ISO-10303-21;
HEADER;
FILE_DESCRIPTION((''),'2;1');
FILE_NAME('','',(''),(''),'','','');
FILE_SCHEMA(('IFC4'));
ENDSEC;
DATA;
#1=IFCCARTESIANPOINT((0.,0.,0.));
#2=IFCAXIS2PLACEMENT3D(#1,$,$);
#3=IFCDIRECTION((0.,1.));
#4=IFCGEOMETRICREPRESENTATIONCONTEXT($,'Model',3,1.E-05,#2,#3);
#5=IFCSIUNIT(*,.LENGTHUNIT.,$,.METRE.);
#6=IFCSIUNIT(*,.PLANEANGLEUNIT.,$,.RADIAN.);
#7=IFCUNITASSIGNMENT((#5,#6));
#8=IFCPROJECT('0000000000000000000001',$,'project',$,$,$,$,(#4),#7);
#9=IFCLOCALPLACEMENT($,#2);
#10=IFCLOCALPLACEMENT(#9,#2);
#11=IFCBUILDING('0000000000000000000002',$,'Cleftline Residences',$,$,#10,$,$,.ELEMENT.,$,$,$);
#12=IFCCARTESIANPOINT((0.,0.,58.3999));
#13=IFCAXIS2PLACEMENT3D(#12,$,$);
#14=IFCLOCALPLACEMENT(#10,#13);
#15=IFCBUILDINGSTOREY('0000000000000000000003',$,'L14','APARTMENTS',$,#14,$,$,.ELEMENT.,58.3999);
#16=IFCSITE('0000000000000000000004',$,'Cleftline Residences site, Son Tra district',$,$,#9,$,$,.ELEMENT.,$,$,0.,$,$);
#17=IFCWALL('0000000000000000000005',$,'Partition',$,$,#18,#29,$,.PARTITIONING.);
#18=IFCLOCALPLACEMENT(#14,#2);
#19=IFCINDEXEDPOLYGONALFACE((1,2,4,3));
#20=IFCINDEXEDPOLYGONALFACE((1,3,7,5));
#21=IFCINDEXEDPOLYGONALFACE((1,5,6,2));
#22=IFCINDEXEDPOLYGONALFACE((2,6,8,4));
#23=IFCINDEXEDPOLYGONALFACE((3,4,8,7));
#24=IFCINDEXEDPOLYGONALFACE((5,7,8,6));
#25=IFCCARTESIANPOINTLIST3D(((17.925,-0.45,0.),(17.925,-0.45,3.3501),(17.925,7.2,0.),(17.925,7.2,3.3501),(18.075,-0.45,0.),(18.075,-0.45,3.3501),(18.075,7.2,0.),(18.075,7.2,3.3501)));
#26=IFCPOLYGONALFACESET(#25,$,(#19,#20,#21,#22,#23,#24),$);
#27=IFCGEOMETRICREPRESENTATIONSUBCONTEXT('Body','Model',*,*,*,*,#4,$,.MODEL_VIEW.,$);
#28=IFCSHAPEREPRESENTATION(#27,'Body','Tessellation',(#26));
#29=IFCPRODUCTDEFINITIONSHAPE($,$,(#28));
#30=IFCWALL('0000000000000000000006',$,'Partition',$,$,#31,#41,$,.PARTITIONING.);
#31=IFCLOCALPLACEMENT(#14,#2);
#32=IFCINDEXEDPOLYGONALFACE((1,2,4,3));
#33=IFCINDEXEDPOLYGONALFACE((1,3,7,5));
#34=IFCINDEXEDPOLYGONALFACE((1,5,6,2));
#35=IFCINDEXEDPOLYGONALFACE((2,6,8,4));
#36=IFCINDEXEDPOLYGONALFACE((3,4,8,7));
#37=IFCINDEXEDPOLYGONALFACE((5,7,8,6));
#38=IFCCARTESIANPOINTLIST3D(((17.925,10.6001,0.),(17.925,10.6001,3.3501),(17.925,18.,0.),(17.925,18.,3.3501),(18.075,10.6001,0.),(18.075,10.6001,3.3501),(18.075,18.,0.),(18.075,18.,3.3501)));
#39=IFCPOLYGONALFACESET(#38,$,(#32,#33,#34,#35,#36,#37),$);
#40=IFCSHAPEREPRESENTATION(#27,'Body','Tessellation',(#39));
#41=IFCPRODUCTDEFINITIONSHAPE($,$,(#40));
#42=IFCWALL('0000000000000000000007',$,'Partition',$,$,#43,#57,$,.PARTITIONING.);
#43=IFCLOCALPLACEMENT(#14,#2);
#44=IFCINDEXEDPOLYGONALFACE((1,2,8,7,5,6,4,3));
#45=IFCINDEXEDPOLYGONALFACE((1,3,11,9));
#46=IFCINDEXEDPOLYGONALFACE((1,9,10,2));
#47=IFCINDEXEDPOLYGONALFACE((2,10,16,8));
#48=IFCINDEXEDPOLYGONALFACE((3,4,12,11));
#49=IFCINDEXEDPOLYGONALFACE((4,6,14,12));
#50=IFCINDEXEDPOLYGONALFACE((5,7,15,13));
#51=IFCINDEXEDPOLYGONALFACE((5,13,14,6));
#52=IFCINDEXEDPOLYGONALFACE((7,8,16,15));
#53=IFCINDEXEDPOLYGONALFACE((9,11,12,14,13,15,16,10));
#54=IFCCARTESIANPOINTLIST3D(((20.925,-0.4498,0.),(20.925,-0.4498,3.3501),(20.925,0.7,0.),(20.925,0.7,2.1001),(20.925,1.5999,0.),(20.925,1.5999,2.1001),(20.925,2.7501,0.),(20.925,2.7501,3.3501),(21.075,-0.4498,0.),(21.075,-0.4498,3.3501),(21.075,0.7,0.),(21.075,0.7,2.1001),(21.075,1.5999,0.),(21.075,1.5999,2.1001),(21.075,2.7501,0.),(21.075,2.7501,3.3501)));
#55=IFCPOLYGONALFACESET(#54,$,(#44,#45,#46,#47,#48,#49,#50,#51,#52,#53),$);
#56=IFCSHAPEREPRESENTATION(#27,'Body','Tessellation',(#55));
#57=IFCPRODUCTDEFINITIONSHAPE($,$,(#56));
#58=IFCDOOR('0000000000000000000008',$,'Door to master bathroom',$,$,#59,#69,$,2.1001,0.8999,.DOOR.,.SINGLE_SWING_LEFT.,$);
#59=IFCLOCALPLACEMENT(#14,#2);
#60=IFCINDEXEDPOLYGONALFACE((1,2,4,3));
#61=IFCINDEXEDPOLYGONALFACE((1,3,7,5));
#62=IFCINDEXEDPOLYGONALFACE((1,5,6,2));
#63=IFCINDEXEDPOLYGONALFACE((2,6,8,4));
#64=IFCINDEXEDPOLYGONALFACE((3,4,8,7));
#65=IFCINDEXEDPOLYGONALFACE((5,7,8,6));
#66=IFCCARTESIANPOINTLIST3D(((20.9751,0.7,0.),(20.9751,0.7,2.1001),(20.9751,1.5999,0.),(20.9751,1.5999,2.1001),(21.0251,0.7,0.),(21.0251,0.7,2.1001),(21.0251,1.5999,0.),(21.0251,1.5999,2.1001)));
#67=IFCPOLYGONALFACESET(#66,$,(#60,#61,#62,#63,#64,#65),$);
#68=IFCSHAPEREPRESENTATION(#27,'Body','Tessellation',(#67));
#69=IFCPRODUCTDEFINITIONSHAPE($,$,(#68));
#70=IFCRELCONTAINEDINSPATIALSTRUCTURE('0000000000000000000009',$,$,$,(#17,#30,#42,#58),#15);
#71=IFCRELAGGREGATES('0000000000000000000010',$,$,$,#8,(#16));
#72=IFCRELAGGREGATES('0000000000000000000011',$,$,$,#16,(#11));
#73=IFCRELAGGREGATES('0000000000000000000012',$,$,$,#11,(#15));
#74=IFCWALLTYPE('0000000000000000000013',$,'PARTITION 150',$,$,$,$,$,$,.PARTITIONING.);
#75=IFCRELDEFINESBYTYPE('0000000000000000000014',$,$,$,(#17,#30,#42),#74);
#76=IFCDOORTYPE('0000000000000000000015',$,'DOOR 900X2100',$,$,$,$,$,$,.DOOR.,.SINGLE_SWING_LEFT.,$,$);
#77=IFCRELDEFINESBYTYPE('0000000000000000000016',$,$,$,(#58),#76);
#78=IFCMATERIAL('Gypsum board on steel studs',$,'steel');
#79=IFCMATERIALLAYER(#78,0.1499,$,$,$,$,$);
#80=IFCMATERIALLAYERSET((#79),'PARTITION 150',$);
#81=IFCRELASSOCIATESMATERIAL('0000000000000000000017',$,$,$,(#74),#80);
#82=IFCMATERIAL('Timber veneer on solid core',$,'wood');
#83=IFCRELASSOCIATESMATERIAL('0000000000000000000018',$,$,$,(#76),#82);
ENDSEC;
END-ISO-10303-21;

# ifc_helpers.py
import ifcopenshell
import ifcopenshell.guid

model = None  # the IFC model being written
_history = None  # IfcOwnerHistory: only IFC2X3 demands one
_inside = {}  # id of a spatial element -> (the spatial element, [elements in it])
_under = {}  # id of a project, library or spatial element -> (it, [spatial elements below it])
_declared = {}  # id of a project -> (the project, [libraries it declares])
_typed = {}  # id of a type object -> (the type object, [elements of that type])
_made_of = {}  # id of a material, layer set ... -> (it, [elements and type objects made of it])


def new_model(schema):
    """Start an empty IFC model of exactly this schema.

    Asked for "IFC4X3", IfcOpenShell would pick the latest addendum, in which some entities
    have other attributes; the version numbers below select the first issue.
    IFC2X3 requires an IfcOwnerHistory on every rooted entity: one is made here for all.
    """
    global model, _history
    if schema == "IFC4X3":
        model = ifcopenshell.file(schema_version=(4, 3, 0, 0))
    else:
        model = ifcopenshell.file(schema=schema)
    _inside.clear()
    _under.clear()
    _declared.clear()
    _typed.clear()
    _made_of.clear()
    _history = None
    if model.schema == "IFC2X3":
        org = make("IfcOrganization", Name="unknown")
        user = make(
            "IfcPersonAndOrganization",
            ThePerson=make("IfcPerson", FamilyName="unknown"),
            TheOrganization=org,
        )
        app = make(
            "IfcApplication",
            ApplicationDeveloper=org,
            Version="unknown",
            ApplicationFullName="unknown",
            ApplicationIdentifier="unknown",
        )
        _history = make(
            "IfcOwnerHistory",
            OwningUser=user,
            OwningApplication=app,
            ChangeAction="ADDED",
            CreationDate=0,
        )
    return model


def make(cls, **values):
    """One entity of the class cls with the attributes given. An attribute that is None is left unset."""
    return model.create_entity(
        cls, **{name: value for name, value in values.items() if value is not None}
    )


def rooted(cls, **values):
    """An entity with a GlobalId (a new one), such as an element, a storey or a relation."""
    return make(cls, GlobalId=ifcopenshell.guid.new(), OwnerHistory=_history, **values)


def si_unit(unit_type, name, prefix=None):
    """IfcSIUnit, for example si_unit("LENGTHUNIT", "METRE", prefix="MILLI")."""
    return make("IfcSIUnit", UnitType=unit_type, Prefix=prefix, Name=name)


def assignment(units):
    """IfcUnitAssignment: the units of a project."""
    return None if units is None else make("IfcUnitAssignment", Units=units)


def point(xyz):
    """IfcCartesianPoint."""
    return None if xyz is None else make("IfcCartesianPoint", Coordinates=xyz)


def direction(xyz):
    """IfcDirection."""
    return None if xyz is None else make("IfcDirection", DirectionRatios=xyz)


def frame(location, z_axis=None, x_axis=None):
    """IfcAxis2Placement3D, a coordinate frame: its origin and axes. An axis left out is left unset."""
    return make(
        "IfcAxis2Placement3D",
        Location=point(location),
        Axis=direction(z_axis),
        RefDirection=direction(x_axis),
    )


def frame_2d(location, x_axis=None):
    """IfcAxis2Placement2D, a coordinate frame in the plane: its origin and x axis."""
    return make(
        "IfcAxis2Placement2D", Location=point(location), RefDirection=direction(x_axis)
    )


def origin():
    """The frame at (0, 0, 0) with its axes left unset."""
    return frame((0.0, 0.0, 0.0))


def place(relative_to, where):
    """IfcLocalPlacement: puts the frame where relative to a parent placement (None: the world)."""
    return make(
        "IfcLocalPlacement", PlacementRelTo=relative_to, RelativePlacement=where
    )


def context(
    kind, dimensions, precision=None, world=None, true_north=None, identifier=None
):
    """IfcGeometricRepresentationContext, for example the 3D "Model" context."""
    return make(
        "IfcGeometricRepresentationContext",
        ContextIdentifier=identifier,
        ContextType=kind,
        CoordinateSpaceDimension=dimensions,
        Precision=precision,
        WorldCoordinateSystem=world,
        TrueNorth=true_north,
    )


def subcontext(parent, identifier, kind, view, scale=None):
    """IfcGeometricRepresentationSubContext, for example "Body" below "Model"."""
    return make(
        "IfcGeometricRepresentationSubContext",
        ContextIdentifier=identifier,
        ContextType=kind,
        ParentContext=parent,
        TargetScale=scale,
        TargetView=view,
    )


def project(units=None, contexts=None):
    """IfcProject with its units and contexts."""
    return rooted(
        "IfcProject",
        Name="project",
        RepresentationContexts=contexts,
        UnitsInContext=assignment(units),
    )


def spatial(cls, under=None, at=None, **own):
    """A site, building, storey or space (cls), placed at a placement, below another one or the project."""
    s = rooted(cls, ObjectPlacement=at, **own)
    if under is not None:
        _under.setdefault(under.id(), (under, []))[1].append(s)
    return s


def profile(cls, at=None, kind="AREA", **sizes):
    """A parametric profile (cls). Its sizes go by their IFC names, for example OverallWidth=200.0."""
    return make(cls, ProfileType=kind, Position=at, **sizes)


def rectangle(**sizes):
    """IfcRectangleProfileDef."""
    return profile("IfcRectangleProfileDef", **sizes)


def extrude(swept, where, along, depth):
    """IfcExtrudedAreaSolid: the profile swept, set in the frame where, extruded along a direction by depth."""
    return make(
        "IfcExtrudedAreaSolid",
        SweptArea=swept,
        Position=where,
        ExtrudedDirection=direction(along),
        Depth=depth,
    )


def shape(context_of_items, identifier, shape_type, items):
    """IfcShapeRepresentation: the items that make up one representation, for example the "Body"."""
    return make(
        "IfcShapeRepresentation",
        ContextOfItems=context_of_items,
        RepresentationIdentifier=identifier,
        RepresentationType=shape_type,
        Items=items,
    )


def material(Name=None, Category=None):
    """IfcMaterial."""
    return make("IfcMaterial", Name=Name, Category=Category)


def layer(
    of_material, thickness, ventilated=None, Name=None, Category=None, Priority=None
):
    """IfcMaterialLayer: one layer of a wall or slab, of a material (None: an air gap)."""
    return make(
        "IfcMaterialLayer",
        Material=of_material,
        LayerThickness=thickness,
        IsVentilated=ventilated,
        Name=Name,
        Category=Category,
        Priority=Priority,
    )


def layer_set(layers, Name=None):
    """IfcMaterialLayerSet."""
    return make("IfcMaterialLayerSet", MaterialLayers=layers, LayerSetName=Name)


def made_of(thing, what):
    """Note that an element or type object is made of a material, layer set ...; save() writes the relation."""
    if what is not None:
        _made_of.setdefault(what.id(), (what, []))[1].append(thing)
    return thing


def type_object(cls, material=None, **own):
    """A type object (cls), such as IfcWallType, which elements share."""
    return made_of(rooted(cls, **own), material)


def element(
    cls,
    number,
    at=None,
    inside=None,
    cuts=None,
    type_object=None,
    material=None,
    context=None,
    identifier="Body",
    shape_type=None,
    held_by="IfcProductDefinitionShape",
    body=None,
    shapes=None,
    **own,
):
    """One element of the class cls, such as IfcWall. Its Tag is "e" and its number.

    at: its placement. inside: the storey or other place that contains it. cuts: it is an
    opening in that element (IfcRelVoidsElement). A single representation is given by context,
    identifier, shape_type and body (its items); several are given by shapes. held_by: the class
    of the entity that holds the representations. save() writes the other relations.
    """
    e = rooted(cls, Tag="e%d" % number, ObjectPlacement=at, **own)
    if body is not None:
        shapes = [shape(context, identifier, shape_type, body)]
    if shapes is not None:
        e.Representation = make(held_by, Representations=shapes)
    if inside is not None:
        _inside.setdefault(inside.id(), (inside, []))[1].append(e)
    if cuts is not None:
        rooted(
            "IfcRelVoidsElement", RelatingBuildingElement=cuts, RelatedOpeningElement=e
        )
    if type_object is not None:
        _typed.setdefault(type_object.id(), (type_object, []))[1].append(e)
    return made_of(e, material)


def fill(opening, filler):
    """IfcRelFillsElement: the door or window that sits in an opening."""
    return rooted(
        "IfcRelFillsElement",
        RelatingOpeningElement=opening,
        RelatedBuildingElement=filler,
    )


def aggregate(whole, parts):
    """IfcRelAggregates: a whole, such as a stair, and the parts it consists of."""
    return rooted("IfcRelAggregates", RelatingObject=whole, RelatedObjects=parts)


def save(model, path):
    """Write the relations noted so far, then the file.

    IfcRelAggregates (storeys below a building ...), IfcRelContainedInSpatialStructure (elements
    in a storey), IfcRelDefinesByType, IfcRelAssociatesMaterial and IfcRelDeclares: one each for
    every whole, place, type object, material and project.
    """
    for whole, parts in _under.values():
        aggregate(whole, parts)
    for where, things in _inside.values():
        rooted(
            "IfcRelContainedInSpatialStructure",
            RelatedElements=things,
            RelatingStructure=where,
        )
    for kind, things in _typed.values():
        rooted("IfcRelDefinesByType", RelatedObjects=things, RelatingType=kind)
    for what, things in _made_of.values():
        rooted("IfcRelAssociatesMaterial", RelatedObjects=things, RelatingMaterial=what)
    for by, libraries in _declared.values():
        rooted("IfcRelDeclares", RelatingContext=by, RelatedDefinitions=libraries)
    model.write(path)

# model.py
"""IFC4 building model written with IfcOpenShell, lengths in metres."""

from ifc_helpers import new_model, si_unit, direction, frame, frame_2d, origin, place, context, subcontext, project, spatial, rectangle, extrude, material, layer, layer_set, type_object, element, fill, save


model = new_model("IFC4")

# Units and contexts
model_context = context("Model", 3, precision=1e-05, world=origin(), true_north=direction((0.0, 1.0)))
body_context = subcontext(model_context, "Body", "Model", "MODEL_VIEW")
ifc_project = project(units=[si_unit("LENGTHUNIT", "METRE"), si_unit("PLANEANGLEUNIT", "RADIAN")], contexts=[model_context])

# Site, building, storey
site_placement = place(None, origin())
site = spatial("IfcSite", under=ifc_project, at=site_placement, Name="Cleftline Residences site, Son Tra district", CompositionType="ELEMENT", RefElevation=0.0)
building_placement = place(site_placement, origin())
building = spatial("IfcBuilding", under=site, at=building_placement, Name="Cleftline Residences", CompositionType="ELEMENT")
storey_placement = place(building_placement, frame((0.0, 0.0, 58.3999)))
storey = spatial("IfcBuildingStorey", under=building, at=storey_placement, Name="L14", Description="APARTMENTS", CompositionType="ELEMENT", Elevation=58.3999)

# Shared definitions
ifc_material_1 = material(Name="Gypsum board on steel studs", Category="steel")
ifc_layer_1 = layer(ifc_material_1, 0.1499)
ifc_layer_set_1 = layer_set([ifc_layer_1], Name="PARTITION 150")
wall_type = type_object("IfcWallType", Name="PARTITION 150", PredefinedType="PARTITIONING", material=ifc_layer_set_1)

# Walls
wall_1_placement = place(storey_placement, frame((18.0, -0.45, 0.0), z_axis=(0.0, 0.0, 1.0), x_axis=(0.0, 1.0, 0.0)))
element("IfcWall", 1, at=wall_1_placement, inside=storey, type_object=wall_type, Name="Partition", PredefinedType="PARTITIONING", context=body_context, shape_type="SweptSolid", body=[
    extrude(rectangle(XDim=7.6499, YDim=0.1499, at=frame_2d((3.825, 0.0))), origin(), (0.0, 0.0, 1.0), 3.3501),
])
wall_2_placement = place(storey_placement, frame((18.0, 10.6001, 0.0), z_axis=(0.0, 0.0, 1.0), x_axis=(0.0, 1.0, 0.0)))
element("IfcWall", 2, at=wall_2_placement, inside=storey, type_object=wall_type, Name="Partition", PredefinedType="PARTITIONING", context=body_context, shape_type="SweptSolid", body=[
    extrude(rectangle(XDim=7.3999, YDim=0.1499, at=frame_2d((3.7, 0.0))), origin(), (0.0, 0.0, 1.0), 3.3501),
])

# Wall, opening, door
wall_3_placement = place(storey_placement, frame((21.0, -0.45, 0.0), z_axis=(0.0, 0.0, 1.0), x_axis=(0.0, 1.0, 0.0)))
wall_3 = element("IfcWall", 3, at=wall_3_placement, inside=storey, type_object=wall_type, Name="Partition", PredefinedType="PARTITIONING", context=body_context, shape_type="SweptSolid", body=[
    extrude(rectangle(XDim=3.2, YDim=0.1499, at=frame_2d((1.6001, 0.0))), origin(), (0.0, 0.0, 1.0), 3.3501),
])
opening_1_placement = place(wall_3_placement, frame((1.1499, 0.0, 0.0)))
opening_1 = element("IfcOpeningElement", 4, at=opening_1_placement, cuts=wall_3, PredefinedType="OPENING", context=body_context, shape_type="SweptSolid", body=[
    extrude(rectangle(XDim=0.8999, YDim=2.1001, at=frame_2d((0.45, 1.05))), frame((0.0, 0.085, 0.0), z_axis=(0.0, -1.0, 0.0), x_axis=(1.0, 0.0, 0.0)), (0.0, 0.0, 1.0), 0.1699),
])
ifc_material_2 = material(Name="Timber veneer on solid core", Category="wood")
door_type_1 = type_object("IfcDoorType", Name="DOOR 900X2100", OperationType="SINGLE_SWING_LEFT", PredefinedType="DOOR", material=ifc_material_2)
door_1_placement = place(opening_1_placement, origin())
door_1 = element("IfcDoor", 5, at=door_1_placement, inside=storey, type_object=door_type_1, Name="Door to master bathroom", OperationType="SINGLE_SWING_LEFT", OverallHeight=2.1001, OverallWidth=0.8999, PredefinedType="DOOR", context=body_context, shape_type="SweptSolid", body=[
    extrude(rectangle(XDim=0.8999, YDim=2.1001, at=frame_2d((0.45, 1.05))), frame((0.0, 0.0249, 0.0), z_axis=(0.0, -1.0, 0.0), x_axis=(1.0, 0.0, 0.0)), (0.0, 0.0, 1.0), 0.05),
])
fill(opening_1, door_1)

save(model, "model.ifc")
